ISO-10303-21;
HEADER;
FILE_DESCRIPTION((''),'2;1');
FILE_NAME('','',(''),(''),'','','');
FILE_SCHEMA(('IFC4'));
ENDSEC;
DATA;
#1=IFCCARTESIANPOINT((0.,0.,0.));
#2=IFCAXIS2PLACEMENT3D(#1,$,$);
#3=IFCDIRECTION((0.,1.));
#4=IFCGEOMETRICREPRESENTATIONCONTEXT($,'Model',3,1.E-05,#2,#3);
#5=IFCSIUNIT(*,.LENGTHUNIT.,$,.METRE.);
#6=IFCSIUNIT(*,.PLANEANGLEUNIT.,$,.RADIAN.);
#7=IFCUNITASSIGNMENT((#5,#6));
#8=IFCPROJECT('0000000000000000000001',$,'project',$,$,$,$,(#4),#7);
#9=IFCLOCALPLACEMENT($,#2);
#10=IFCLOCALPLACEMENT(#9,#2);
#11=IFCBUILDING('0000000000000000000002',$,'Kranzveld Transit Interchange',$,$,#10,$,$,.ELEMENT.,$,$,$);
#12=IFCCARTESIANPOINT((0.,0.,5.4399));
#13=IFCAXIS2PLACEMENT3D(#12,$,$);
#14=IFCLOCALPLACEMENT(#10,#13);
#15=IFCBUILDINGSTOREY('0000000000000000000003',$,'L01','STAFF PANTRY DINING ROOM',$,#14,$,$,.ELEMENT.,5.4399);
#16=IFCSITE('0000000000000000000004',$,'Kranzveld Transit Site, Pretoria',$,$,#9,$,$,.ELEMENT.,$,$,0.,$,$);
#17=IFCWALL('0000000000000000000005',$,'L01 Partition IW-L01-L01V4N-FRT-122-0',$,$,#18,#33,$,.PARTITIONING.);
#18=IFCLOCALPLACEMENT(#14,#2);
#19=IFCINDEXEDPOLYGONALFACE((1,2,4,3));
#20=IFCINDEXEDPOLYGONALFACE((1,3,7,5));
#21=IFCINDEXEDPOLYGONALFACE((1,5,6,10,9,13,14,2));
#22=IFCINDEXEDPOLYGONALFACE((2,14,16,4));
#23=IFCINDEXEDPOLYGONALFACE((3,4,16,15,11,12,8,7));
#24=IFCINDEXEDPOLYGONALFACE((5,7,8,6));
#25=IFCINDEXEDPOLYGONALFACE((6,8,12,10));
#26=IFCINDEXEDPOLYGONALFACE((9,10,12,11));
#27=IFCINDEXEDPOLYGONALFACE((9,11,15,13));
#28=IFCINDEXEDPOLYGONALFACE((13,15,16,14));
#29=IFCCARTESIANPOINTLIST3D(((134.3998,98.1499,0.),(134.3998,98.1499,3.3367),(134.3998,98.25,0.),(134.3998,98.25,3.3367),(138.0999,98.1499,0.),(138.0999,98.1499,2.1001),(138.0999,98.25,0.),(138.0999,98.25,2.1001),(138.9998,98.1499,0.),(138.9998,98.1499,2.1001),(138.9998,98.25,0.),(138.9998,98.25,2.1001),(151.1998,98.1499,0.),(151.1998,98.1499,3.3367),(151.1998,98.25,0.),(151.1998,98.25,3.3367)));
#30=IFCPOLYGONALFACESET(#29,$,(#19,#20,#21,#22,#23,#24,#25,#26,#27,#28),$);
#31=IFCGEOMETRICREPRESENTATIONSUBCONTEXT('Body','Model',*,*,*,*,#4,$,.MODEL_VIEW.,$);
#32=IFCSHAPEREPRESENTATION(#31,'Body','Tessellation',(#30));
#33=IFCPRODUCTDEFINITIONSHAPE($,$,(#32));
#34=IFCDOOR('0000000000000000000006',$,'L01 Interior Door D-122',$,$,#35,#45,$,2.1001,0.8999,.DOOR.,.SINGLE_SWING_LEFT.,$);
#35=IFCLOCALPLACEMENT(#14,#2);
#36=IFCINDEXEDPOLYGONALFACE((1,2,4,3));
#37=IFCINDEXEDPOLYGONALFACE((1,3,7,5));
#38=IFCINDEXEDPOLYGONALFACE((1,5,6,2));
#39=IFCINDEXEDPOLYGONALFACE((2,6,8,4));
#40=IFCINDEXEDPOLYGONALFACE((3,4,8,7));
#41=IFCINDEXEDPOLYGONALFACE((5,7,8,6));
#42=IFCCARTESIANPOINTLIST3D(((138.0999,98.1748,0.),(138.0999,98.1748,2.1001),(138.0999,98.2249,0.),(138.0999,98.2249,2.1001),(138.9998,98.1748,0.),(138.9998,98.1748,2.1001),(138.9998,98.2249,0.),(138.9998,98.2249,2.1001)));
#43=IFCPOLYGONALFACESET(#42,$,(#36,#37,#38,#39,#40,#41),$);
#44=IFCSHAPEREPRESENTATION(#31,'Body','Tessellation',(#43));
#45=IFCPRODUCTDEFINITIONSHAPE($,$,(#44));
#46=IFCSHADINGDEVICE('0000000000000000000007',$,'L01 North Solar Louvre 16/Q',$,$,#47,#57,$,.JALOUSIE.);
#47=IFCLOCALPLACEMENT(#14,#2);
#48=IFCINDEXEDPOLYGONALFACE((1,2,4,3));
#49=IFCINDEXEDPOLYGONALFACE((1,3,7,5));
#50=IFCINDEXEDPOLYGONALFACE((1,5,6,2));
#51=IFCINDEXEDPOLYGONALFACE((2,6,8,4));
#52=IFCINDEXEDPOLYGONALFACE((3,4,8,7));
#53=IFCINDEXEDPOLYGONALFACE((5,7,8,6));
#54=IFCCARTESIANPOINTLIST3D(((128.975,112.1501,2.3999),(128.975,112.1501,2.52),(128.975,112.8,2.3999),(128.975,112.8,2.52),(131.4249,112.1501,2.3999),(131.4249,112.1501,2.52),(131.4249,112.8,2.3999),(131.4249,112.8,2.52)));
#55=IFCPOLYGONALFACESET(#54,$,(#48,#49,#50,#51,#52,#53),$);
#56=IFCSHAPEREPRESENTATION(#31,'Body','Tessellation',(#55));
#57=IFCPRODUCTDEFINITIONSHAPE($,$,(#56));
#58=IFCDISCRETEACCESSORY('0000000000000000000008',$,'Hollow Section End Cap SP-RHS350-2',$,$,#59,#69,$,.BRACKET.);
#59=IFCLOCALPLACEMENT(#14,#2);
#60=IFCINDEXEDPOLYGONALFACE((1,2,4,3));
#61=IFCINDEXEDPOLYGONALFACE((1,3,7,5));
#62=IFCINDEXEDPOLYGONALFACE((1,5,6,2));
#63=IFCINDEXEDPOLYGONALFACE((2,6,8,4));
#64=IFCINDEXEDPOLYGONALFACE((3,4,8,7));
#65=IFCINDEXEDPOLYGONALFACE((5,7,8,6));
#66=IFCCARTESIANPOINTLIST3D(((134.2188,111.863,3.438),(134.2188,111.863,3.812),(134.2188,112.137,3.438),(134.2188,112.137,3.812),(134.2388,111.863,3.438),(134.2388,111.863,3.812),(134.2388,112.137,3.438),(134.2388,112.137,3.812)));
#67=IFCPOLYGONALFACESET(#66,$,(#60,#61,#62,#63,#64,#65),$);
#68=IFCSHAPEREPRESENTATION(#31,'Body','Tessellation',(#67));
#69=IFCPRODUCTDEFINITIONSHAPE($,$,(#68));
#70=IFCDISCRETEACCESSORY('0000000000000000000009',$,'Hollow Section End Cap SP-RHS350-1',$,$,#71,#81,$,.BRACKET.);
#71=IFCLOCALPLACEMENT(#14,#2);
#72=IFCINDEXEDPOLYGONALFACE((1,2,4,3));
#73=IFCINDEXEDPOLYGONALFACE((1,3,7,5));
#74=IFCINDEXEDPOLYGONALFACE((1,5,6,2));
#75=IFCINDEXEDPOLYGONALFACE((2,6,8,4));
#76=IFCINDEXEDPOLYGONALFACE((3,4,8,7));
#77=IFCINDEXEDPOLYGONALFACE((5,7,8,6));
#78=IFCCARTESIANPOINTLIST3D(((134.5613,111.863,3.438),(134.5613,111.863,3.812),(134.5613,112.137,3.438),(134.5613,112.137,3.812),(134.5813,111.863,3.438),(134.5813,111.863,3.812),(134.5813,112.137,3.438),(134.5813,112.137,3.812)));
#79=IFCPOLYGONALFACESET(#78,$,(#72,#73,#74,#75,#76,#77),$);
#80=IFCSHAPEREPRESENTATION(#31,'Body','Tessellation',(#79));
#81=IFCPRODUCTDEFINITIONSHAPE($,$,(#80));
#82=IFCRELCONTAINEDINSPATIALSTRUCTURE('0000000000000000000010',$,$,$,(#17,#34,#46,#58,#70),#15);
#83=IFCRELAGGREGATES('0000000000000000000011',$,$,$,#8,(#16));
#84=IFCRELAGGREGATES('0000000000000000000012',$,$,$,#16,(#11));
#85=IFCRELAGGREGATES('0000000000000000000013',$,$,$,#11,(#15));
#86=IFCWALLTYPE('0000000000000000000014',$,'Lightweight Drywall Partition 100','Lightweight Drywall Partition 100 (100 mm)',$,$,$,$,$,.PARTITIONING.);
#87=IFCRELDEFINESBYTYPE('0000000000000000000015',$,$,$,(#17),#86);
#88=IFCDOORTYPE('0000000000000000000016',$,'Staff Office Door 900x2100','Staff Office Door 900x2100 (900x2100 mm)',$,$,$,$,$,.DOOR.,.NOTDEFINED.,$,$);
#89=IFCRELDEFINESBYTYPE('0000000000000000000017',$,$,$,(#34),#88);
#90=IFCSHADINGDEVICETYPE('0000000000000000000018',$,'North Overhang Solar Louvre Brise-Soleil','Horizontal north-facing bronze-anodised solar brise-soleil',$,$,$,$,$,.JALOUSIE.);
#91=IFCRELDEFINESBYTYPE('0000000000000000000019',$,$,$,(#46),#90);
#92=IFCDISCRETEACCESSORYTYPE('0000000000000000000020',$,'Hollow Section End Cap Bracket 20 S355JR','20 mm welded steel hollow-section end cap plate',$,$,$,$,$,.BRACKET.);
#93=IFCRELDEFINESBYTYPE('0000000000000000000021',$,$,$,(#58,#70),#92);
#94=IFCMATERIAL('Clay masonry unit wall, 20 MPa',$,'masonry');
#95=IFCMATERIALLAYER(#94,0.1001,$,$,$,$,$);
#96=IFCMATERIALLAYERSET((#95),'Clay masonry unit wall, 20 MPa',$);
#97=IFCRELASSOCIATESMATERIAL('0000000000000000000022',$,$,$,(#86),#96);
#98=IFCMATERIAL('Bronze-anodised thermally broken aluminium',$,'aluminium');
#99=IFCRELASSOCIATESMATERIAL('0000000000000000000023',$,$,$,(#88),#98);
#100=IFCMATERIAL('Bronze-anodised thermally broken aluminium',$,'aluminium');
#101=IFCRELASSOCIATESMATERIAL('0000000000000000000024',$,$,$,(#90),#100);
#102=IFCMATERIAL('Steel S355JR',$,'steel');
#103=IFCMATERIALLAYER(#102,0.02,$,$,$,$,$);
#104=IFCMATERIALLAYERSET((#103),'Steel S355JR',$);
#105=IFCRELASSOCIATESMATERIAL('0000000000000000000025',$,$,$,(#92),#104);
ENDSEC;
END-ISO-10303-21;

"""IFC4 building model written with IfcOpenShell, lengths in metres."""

from ifc_helpers import new_model, si_unit, direction, frame, frame_2d, origin, origin_2d, place, context, subcontext, project, spatial, rectangle, extrude, material, layer, layer_set, type_object, element, fill, save


model = new_model("IFC4")

# Units and contexts
model_context = context("Model", 3, precision=1e-05, world=origin(), true_north=direction((0.0, 1.0)))
body_context = subcontext(model_context, "Body", "Model", "MODEL_VIEW")
ifc_project = project(units=[si_unit("LENGTHUNIT", "METRE"), si_unit("PLANEANGLEUNIT", "RADIAN")], contexts=[model_context])

# Site, building, storey
site_placement = place(None, origin())
site = spatial("IfcSite", under=ifc_project, at=site_placement, Name="Kranzveld Transit Site, Pretoria", CompositionType="ELEMENT", RefElevation=0.0)
building_placement = place(site_placement, origin())
building = spatial("IfcBuilding", under=site, at=building_placement, Name="Kranzveld Transit Interchange", CompositionType="ELEMENT")
storey_placement = place(building_placement, frame((0.0, 0.0, 5.4399)))
storey = spatial("IfcBuildingStorey", under=building, at=storey_placement, Name="L01", Description="STAFF PANTRY DINING ROOM", CompositionType="ELEMENT", Elevation=5.4399)

# Wall, opening, door
ifc_material_1 = material(Name="Clay masonry unit wall, 20 MPa", Category="masonry")
ifc_layer_1 = layer(ifc_material_1, 0.1001)
ifc_layer_set_1 = layer_set([ifc_layer_1], Name="Clay masonry unit wall, 20 MPa")
wall_type_1 = type_object("IfcWallType", Name="Lightweight Drywall Partition 100", Description="Lightweight Drywall Partition 100 (100 mm)", PredefinedType="PARTITIONING", material=ifc_layer_set_1)
wall_1_placement = place(storey_placement, frame((134.3999, 98.2, 0.0), z_axis=(0.0, 0.0, 1.0), x_axis=(1.0, 0.0, 0.0)))
wall_1 = element("IfcWall", 1, at=wall_1_placement, inside=storey, type_object=wall_type_1, Name="L01 Partition IW-L01-L01V4N-FRT-122-0", PredefinedType="PARTITIONING", context=body_context, shape_type="SweptSolid", body=[
    extrude(rectangle(XDim=16.8, YDim=0.1001, at=frame_2d((8.3999, 0.0))), origin(), (0.0, 0.0, 1.0), 3.3367),
])
opening_1_placement = place(wall_1_placement, frame((3.7, 0.0, 0.0), z_axis=(0.0, 0.0, 1.0), x_axis=(1.0, 0.0, 0.0)))
opening_1 = element("IfcOpeningElement", 2, at=opening_1_placement, cuts=wall_1, PredefinedType="OPENING", context=body_context, shape_type="SweptSolid", body=[
    extrude(rectangle(XDim=0.8999, YDim=2.1001, at=frame_2d((0.45, 1.05))), frame((0.0, 0.0601, 0.0), z_axis=(0.0, -1.0, 0.0), x_axis=(1.0, 0.0, 0.0)), (0.0, 0.0, 1.0), 0.1201),
])
ifc_material_2 = material(Name="Bronze-anodised thermally broken aluminium", Category="aluminium")
door_type = type_object("IfcDoorType", Name="Staff Office Door 900x2100", Description="Staff Office Door 900x2100 (900x2100 mm)", OperationType="NOTDEFINED", PredefinedType="DOOR", material=ifc_material_2)
door_placement = place(opening_1_placement, origin())
door = element("IfcDoor", 3, at=door_placement, inside=storey, type_object=door_type, Name="L01 Interior Door D-122", OperationType="SINGLE_SWING_LEFT", OverallHeight=2.1001, OverallWidth=0.8999, PredefinedType="DOOR", context=body_context, shape_type="SweptSolid", body=[
    extrude(rectangle(XDim=0.8999, YDim=2.1001, at=frame_2d((0.45, 1.05))), frame((0.0, 0.0249, 0.0), z_axis=(0.0, -1.0, 0.0), x_axis=(1.0, 0.0, 0.0)), (0.0, 0.0, 1.0), 0.05),
])
fill(opening_1, door)

# Shading device
ifc_material_3 = material(Name="Bronze-anodised thermally broken aluminium", Category="aluminium")
shading_device_type = type_object("IfcShadingDeviceType", Name="North Overhang Solar Louvre Brise-Soleil", Description="Horizontal north-facing bronze-anodised solar brise-soleil", PredefinedType="JALOUSIE", material=ifc_material_3)
shading_device_placement = place(storey_placement, frame((130.2, 112.4751, 2.3999), z_axis=(0.0, 0.0, 1.0), x_axis=(1.0, 0.0, 0.0)))
element("IfcShadingDevice", 4, at=shading_device_placement, inside=storey, type_object=shading_device_type, Name="L01 North Solar Louvre 16/Q", PredefinedType="JALOUSIE", context=body_context, shape_type="SweptSolid", body=[
    extrude(rectangle(XDim=2.45, YDim=0.6499, at=origin_2d()), origin(), (0.0, 0.0, 1.0), 0.1201),
])

# Discrete accessories
ifc_material_4 = material(Name="Steel S355JR", Category="steel")
ifc_layer_2 = layer(ifc_material_4, 0.02)
ifc_layer_set_2 = layer_set([ifc_layer_2], Name="Steel S355JR")
discrete_accessory_type = type_object("IfcDiscreteAccessoryType", Name="Hollow Section End Cap Bracket 20 S355JR", Description="20 mm welded steel hollow-section end cap plate", PredefinedType="BRACKET", material=ifc_layer_set_2)
for number, where, z_axis, x_axis, name in (
    (5, (134.2188, 112.0, 3.625), (1.0, 0.0, 0.0), (0.0, 1.0, 0.0), "Hollow Section End Cap SP-RHS350-2"),
    (6, (134.5813, 112.0, 3.625), (-1.0, 0.0, 0.0), (0.0, -1.0, 0.0), "Hollow Section End Cap SP-RHS350-1"),
):
    element("IfcDiscreteAccessory", number, at=place(storey_placement, frame(where, z_axis=z_axis, x_axis=x_axis)), inside=storey, type_object=discrete_accessory_type, Name=name, PredefinedType="BRACKET", context=body_context, shape_type="SweptSolid", body=[
        extrude(rectangle(XDim=0.2739, YDim=0.374, at=origin_2d()), origin(), (0.0, 0.0, 1.0), 0.02),
    ])

save(model, "model.ifc")
